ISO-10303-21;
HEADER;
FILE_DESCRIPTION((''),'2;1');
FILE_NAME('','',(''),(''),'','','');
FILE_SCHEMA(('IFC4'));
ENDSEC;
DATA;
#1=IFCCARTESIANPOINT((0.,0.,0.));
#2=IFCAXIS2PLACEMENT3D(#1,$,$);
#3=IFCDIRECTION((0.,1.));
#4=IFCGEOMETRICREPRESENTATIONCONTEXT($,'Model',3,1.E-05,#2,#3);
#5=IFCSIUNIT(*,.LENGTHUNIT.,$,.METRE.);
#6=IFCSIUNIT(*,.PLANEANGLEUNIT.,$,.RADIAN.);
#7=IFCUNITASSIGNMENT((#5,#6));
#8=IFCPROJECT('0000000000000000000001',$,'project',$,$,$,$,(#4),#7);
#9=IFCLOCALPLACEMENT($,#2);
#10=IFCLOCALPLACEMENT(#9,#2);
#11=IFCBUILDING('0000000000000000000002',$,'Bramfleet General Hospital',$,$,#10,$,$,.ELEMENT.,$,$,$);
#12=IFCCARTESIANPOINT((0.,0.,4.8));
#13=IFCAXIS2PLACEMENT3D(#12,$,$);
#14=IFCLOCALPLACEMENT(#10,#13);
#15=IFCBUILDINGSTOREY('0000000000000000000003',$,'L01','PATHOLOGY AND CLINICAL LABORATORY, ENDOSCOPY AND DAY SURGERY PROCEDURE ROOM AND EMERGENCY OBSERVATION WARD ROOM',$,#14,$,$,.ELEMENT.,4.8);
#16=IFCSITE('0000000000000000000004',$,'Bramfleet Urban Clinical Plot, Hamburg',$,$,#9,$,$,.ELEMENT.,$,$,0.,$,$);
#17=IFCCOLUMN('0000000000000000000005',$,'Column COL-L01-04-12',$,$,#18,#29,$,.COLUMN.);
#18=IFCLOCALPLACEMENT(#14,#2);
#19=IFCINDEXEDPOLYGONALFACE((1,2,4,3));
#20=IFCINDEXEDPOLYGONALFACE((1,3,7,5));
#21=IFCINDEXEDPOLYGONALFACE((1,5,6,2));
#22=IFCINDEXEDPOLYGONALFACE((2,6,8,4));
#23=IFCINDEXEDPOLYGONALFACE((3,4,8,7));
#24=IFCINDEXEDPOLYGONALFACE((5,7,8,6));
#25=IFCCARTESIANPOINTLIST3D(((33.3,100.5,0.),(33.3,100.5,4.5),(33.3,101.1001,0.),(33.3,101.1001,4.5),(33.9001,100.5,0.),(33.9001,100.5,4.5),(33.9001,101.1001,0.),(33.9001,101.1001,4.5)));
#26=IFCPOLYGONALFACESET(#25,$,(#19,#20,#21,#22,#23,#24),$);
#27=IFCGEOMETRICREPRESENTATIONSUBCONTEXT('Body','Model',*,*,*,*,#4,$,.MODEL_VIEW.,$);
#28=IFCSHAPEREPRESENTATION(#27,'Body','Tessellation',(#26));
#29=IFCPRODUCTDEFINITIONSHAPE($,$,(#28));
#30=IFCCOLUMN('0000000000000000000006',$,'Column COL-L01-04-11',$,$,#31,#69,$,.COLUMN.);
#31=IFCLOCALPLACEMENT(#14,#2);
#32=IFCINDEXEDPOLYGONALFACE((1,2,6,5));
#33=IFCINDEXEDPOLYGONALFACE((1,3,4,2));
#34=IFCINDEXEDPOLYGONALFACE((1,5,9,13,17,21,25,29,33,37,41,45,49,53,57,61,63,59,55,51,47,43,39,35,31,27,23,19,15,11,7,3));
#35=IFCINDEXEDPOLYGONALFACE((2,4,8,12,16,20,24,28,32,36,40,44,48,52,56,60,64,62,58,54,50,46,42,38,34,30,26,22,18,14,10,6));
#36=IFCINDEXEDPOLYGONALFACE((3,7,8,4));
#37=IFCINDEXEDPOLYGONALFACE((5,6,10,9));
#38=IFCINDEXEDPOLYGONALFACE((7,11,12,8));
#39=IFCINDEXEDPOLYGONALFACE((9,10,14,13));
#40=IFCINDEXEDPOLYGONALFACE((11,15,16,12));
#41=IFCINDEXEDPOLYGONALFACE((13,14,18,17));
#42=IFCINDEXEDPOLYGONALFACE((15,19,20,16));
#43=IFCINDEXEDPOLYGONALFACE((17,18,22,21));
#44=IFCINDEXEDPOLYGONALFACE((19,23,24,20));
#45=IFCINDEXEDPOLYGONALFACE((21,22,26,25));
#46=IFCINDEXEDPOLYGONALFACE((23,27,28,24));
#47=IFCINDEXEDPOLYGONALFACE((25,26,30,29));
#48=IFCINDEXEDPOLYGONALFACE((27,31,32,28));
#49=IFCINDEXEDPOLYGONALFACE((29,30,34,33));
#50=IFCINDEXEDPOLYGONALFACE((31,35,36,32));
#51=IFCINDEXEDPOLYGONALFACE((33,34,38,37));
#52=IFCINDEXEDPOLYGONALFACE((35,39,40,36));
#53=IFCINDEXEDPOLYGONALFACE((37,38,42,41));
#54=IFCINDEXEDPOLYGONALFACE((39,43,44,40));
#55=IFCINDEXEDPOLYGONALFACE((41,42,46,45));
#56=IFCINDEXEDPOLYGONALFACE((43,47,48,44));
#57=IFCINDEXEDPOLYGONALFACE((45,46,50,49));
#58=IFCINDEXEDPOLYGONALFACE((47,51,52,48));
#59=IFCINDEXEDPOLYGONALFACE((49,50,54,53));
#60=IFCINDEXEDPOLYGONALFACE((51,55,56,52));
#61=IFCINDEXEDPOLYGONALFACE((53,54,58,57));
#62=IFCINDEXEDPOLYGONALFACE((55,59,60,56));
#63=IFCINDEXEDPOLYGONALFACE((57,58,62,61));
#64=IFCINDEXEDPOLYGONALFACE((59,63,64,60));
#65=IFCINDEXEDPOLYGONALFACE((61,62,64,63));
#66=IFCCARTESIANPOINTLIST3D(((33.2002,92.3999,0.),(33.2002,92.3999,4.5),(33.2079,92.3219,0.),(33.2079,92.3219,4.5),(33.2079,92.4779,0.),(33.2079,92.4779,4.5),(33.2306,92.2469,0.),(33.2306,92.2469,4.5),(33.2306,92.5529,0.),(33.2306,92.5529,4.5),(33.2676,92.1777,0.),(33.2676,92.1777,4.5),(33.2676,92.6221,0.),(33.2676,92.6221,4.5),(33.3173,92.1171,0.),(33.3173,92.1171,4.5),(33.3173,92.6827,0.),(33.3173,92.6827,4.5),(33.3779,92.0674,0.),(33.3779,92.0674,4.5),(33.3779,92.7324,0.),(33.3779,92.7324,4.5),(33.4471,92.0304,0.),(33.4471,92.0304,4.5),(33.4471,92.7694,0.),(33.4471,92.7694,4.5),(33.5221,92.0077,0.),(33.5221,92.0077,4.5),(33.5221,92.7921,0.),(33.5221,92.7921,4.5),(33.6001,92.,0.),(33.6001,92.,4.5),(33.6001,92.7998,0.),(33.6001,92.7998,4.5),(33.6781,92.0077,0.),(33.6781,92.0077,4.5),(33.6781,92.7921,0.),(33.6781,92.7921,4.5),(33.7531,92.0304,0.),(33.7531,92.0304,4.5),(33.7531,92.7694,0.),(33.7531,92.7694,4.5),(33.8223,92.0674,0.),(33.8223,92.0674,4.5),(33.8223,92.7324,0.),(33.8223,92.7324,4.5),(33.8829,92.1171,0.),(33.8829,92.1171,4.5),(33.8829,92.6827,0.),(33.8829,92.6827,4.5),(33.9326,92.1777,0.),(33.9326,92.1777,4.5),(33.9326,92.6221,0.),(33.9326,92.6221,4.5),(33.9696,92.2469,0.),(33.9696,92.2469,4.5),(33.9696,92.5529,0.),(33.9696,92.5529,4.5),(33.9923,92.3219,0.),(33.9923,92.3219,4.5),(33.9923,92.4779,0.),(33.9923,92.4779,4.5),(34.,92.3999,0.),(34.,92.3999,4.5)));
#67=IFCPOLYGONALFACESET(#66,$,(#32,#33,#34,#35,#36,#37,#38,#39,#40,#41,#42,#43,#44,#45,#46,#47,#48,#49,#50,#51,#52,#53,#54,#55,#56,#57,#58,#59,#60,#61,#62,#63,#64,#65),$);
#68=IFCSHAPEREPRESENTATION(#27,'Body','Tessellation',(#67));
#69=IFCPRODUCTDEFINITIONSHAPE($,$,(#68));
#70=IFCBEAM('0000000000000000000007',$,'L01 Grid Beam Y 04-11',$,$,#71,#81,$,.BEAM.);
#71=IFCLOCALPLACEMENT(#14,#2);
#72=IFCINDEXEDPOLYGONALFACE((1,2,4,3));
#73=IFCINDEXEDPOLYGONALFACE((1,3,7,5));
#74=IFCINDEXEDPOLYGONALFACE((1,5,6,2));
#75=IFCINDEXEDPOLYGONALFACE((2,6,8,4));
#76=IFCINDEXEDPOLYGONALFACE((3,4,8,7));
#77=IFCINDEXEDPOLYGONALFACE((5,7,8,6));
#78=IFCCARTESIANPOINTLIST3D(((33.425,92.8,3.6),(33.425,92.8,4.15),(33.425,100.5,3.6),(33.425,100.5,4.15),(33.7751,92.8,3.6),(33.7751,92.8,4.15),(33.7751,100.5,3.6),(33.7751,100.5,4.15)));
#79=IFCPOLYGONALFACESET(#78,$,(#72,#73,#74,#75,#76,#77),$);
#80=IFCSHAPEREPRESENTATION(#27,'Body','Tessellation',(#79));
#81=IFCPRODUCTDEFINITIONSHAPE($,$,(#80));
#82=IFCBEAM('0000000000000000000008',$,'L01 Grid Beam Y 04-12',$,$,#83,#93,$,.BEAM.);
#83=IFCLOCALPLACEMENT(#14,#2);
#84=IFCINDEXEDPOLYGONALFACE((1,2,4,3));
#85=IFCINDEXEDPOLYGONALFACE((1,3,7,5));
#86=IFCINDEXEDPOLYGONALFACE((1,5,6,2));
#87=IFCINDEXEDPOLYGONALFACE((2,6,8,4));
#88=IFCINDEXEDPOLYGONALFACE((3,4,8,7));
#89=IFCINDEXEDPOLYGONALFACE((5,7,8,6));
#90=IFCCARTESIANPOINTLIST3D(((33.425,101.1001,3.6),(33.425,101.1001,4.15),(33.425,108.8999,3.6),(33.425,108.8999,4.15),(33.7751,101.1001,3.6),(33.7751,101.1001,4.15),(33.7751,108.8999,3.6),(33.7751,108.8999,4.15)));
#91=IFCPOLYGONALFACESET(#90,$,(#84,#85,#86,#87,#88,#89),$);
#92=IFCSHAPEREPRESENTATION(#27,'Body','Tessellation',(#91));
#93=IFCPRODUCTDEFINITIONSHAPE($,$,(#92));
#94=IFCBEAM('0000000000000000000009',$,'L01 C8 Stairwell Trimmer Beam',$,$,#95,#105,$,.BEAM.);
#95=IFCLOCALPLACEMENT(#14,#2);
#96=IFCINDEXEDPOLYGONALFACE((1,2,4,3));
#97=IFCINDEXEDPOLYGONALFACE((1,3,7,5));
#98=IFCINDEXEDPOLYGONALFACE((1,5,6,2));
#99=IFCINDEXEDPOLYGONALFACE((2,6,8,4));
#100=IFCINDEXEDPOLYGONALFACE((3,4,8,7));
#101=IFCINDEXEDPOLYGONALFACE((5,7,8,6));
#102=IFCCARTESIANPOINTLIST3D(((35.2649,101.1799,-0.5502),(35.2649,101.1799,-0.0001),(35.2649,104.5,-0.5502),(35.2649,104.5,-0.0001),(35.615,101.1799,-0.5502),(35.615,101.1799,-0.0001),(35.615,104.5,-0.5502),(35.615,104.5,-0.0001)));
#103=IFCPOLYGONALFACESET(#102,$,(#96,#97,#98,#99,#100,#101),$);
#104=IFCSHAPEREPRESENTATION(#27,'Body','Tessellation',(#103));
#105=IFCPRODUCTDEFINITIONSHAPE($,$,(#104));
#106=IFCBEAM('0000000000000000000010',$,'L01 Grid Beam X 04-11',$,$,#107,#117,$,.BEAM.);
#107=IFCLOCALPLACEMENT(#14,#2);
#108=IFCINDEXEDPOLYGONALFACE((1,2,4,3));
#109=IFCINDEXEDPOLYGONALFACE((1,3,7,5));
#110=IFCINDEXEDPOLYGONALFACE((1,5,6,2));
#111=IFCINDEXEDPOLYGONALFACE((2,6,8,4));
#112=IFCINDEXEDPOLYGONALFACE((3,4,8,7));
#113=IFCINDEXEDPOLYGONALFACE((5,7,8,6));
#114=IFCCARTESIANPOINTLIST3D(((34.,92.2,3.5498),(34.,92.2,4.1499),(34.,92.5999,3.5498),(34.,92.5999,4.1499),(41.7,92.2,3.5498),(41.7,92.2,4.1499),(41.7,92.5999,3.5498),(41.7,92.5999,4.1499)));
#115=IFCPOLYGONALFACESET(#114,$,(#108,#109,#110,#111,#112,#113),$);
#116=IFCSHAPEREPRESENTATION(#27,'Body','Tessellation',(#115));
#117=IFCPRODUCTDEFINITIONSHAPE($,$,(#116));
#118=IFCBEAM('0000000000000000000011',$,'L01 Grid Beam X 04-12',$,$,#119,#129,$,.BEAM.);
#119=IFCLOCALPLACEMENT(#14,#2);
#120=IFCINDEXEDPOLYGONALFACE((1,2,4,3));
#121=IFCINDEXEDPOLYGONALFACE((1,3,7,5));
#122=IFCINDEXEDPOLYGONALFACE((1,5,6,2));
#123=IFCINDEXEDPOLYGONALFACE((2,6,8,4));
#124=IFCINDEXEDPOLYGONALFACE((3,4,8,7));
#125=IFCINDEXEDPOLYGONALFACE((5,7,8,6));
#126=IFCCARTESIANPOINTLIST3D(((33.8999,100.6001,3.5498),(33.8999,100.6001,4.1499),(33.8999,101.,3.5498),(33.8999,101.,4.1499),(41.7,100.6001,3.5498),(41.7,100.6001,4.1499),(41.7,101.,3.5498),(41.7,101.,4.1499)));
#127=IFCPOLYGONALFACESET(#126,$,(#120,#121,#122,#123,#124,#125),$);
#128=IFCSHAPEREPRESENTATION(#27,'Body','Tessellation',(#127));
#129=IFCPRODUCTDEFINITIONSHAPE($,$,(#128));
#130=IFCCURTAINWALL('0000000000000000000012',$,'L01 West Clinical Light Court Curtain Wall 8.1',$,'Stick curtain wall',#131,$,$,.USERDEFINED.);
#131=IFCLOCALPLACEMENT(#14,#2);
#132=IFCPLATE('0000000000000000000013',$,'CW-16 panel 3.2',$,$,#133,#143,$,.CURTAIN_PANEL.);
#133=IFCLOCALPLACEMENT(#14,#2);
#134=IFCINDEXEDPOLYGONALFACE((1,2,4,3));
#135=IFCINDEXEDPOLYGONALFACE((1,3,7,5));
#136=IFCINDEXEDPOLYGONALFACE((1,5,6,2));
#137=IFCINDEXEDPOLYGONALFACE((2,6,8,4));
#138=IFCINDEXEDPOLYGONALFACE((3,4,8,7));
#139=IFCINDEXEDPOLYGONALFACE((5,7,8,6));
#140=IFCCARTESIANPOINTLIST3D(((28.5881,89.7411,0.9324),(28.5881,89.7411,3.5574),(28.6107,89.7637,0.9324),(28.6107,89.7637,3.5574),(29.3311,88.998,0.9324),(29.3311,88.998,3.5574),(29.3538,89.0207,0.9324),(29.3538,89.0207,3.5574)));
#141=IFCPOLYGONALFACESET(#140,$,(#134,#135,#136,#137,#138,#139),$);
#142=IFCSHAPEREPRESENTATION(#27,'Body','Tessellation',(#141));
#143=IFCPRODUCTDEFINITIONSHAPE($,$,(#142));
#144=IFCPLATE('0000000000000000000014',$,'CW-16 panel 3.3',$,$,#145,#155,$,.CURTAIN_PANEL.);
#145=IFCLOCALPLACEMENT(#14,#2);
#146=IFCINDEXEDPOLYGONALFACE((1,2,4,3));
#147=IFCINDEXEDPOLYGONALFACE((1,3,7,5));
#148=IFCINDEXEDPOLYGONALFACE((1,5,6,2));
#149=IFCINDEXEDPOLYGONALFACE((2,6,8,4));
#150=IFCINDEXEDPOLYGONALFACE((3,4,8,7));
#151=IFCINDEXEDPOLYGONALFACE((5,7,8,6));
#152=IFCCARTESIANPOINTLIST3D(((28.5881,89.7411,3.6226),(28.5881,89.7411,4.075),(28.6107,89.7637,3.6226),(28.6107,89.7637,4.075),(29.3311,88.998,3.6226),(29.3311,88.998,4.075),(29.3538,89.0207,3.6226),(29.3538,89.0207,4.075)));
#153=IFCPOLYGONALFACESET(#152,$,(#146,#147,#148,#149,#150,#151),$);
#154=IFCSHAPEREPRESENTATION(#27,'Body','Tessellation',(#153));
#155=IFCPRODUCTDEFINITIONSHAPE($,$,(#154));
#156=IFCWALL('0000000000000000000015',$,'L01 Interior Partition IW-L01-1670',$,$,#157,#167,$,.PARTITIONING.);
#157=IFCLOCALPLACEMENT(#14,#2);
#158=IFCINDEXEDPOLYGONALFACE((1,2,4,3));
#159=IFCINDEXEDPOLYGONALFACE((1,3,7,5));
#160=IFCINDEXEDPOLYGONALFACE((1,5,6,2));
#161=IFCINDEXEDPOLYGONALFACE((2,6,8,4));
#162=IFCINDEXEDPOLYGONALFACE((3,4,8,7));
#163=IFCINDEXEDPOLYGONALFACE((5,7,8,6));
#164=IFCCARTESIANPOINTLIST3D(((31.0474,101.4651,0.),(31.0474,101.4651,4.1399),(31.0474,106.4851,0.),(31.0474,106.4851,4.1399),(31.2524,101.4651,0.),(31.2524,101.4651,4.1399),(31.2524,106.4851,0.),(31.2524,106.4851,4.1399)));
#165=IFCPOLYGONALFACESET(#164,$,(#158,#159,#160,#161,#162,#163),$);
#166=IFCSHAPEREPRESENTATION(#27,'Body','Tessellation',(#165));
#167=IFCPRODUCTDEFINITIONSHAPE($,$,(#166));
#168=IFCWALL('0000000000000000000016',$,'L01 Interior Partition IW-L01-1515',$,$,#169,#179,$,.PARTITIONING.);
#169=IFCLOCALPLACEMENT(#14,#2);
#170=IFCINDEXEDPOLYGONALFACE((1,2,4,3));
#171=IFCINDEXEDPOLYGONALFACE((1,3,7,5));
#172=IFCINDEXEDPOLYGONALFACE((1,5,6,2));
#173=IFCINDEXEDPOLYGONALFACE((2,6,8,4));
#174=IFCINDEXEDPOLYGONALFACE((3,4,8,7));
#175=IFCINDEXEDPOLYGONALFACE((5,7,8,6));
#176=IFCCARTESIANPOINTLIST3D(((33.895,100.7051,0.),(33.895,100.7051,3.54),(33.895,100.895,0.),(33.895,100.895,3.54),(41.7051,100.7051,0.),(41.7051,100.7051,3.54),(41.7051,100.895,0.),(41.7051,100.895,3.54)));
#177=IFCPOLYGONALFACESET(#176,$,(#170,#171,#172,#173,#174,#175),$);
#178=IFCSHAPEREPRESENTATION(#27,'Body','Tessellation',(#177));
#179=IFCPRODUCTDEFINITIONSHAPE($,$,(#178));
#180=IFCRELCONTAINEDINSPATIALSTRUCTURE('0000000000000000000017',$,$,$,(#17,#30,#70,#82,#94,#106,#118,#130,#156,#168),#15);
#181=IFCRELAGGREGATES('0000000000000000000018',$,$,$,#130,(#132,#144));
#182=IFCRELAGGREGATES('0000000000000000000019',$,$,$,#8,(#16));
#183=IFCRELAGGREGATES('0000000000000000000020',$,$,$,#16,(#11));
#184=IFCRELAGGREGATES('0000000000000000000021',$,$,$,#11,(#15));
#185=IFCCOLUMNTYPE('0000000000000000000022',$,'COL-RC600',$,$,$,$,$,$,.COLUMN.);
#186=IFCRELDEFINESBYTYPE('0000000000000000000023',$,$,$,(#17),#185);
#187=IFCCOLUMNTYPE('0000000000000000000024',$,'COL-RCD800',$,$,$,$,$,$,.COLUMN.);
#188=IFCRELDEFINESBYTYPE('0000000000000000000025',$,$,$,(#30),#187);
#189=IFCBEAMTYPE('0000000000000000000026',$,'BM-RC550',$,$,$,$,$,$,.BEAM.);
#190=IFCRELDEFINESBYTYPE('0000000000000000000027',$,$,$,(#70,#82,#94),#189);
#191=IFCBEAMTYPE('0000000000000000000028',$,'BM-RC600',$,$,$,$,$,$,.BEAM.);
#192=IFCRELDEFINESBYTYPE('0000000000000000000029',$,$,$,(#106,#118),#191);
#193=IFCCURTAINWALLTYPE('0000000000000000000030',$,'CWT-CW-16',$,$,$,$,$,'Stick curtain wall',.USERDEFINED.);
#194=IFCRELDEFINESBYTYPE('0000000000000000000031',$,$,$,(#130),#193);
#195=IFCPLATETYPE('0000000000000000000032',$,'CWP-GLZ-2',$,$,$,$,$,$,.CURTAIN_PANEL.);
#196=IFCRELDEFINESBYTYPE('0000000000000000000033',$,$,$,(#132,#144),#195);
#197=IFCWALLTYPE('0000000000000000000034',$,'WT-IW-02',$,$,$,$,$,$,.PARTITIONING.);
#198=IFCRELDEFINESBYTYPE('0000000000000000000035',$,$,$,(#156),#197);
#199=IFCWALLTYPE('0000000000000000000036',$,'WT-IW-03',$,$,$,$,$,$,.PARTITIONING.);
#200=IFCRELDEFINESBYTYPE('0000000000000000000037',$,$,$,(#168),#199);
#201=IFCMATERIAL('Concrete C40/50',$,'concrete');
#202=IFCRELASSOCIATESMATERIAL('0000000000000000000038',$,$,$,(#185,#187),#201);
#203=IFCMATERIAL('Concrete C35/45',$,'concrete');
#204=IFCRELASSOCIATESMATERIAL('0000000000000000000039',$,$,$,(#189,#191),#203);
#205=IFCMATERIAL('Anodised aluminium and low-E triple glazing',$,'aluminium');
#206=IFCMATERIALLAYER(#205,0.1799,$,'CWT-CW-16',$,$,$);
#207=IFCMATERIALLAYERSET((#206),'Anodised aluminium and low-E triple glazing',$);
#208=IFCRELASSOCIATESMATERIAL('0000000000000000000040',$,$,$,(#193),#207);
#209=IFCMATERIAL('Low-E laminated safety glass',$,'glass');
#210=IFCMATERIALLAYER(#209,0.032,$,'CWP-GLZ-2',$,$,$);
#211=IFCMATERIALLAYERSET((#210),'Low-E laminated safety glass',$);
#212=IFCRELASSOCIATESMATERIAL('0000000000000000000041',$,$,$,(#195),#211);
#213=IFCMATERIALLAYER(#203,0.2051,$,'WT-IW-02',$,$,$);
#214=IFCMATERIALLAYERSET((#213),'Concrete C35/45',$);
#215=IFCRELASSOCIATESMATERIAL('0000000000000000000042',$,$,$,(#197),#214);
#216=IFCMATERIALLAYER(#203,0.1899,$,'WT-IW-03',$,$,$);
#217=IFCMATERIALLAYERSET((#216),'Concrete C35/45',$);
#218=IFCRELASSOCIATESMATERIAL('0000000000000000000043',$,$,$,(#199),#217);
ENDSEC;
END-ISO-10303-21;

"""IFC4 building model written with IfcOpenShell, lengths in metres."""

from ifc_helpers import new_model, si_unit, direction, frame, frame_2d, origin, origin_2d, place, context, subcontext, project, spatial, rectangle, circle, extrude, material, layer, layer_set, material_profile, profile_set, type_object, element, aggregate, save


model = new_model("IFC4")

# Units and contexts
model_context = context("Model", 3, precision=1e-05, world=origin(), true_north=direction((0.0, 1.0)))
body_context = subcontext(model_context, "Body", "Model", "MODEL_VIEW")
ifc_project = project(units=[si_unit("LENGTHUNIT", "METRE"), si_unit("PLANEANGLEUNIT", "RADIAN")], contexts=[model_context])

# Site, building, storey
site_placement = place(None, origin())
site = spatial("IfcSite", under=ifc_project, at=site_placement, Name="Bramfleet Urban Clinical Plot, Hamburg", CompositionType="ELEMENT", RefElevation=0.0)
building_placement = place(site_placement, origin())
building = spatial("IfcBuilding", under=site, at=building_placement, Name="Bramfleet General Hospital", CompositionType="ELEMENT")
storey_placement = place(building_placement, frame((0.0, 0.0, 4.8)))
storey = spatial("IfcBuildingStorey", under=building, at=storey_placement, Name="L01", Description="PATHOLOGY AND CLINICAL LABORATORY, ENDOSCOPY AND DAY SURGERY PROCEDURE ROOM AND EMERGENCY OBSERVATION WARD ROOM", CompositionType="ELEMENT", Elevation=4.8)

# Columns
ifc_material_1 = material(Name="Concrete C40/50", Category="concrete")
ifc_material_profile_1 = material_profile(ifc_material_1, rectangle(XDim=0.6001, YDim=0.6001, at=origin_2d()), Name="RC COL 600x600")
ifc_profile_set_1 = profile_set([ifc_material_profile_1], Name="Concrete C40/50")
column_type_1 = type_object("IfcColumnType", Name="COL-RC600", PredefinedType="COLUMN", material=ifc_profile_set_1)
column_1_placement = place(storey_placement, frame((33.6001, 100.8, 0.0), z_axis=(0.0, 0.0, 1.0), x_axis=(1.0, 0.0, 0.0)))
element("IfcColumn", 1, at=column_1_placement, inside=storey, type_object=column_type_1, Name="Column COL-L01-04-12", PredefinedType="COLUMN", context=body_context, shape_type="SweptSolid", body=[
    extrude(rectangle(XDim=0.6001, YDim=0.6001, at=origin_2d()), origin(), (0.0, 0.0, 1.0), 4.5),
])
ifc_material_profile_2 = material_profile(ifc_material_1, circle(Radius=0.3999, at=origin_2d()), Name="RC ROUND D800")
ifc_profile_set_2 = profile_set([ifc_material_profile_2], Name="Concrete C40/50")
column_type_2 = type_object("IfcColumnType", Name="COL-RCD800", PredefinedType="COLUMN", material=ifc_profile_set_2)
column_2_placement = place(storey_placement, frame((33.6001, 92.3999, 0.0), z_axis=(0.0, 0.0, 1.0), x_axis=(1.0, 0.0, 0.0)))
element("IfcColumn", 2, at=column_2_placement, inside=storey, type_object=column_type_2, Name="Column COL-L01-04-11", PredefinedType="COLUMN", context=body_context, shape_type="SweptSolid", body=[
    extrude(circle(Radius=0.3999, at=origin_2d()), origin(), (0.0, 0.0, 1.0), 4.5),
])

# Beams
ifc_material_2 = material(Name="Concrete C35/45", Category="concrete")
ifc_material_profile_3 = material_profile(ifc_material_2, rectangle(XDim=0.3501, YDim=0.55, at=origin_2d()), Name="RC BM 550x350")
ifc_profile_set_3 = profile_set([ifc_material_profile_3], Name="Concrete C35/45")
beam_type_1 = type_object("IfcBeamType", Name="BM-RC550", PredefinedType="BEAM", material=ifc_profile_set_3)
beam_1_placement = place(storey_placement, frame((33.6001, 92.8, 3.875), z_axis=(0.0, 1.0, 0.0), x_axis=(-1.0, 0.0, 0.0)))
element("IfcBeam", 3, at=beam_1_placement, inside=storey, type_object=beam_type_1, Name="L01 Grid Beam Y 04-11", PredefinedType="BEAM", context=body_context, shape_type="SweptSolid", body=[
    extrude(rectangle(XDim=0.3501, YDim=0.55, at=origin_2d()), origin(), (0.0, 0.0, 1.0), 7.7),
])
beam_2_placement = place(storey_placement, frame((33.6001, 101.1001, 3.875), z_axis=(0.0, 1.0, 0.0), x_axis=(-1.0, 0.0, 0.0)))
element("IfcBeam", 4, at=beam_2_placement, inside=storey, type_object=beam_type_1, Name="L01 Grid Beam Y 04-12", PredefinedType="BEAM", context=body_context, shape_type="SweptSolid", body=[
    extrude(rectangle(XDim=0.3501, YDim=0.55, at=origin_2d()), origin(), (0.0, 0.0, 1.0), 7.7998),
])
beam_3_placement = place(storey_placement, frame((35.4399, 101.1799, -0.2751), z_axis=(0.0, 1.0, 0.0), x_axis=(-1.0, 0.0, 0.0)))
element("IfcBeam", 5, at=beam_3_placement, inside=storey, type_object=beam_type_1, Name="L01 C8 Stairwell Trimmer Beam", PredefinedType="BEAM", context=body_context, shape_type="SweptSolid", body=[
    extrude(rectangle(XDim=0.3501, YDim=0.55, at=origin_2d()), origin(), (0.0, 0.0, 1.0), 3.3201),
])
ifc_material_profile_4 = material_profile(ifc_material_2, rectangle(XDim=0.3999, YDim=0.6001, at=origin_2d()), Name="RC BM 600x400")
ifc_profile_set_4 = profile_set([ifc_material_profile_4], Name="Concrete C35/45")
beam_type_2 = type_object("IfcBeamType", Name="BM-RC600", PredefinedType="BEAM", material=ifc_profile_set_4)
beam_4_placement = place(storey_placement, frame((34.0, 92.3999, 3.8499), z_axis=(1.0, 0.0, 0.0), x_axis=(0.0, 1.0, 0.0)))
element("IfcBeam", 6, at=beam_4_placement, inside=storey, type_object=beam_type_2, Name="L01 Grid Beam X 04-11", PredefinedType="BEAM", context=body_context, shape_type="SweptSolid", body=[
    extrude(rectangle(XDim=0.3999, YDim=0.6001, at=origin_2d()), origin(), (0.0, 0.0, 1.0), 7.7),
])
beam_5_placement = place(storey_placement, frame((33.8999, 100.8, 3.8499), z_axis=(1.0, 0.0, 0.0), x_axis=(0.0, 1.0, 0.0)))
element("IfcBeam", 7, at=beam_5_placement, inside=storey, type_object=beam_type_2, Name="L01 Grid Beam X 04-12", PredefinedType="BEAM", context=body_context, shape_type="SweptSolid", body=[
    extrude(rectangle(XDim=0.3999, YDim=0.6001, at=origin_2d()), origin(), (0.0, 0.0, 1.0), 7.8),
])

# Curtain wall, plates
ifc_material_3 = material(Name="Anodised aluminium and low-E triple glazing", Category="aluminium")
ifc_layer_1 = layer(ifc_material_3, 0.1799, Name="CWT-CW-16")
ifc_layer_set_1 = layer_set([ifc_layer_1], Name="Anodised aluminium and low-E triple glazing")
curtain_wall_type = type_object("IfcCurtainWallType", Name="CWT-CW-16", ElementType="Stick curtain wall", PredefinedType="USERDEFINED", material=ifc_layer_set_1)
curtain_wall_placement = place(storey_placement, origin())
curtain_wall = element("IfcCurtainWall", 8, at=curtain_wall_placement, inside=storey, type_object=curtain_wall_type, Name="L01 West Clinical Light Court Curtain Wall 8.1", ObjectType="Stick curtain wall", PredefinedType="USERDEFINED")
ifc_material_4 = material(Name="Low-E laminated safety glass", Category="glass")
ifc_layer_2 = layer(ifc_material_4, 0.032, Name="CWP-GLZ-2")
ifc_layer_set_2 = layer_set([ifc_layer_2], Name="Low-E laminated safety glass")
plate_type = type_object("IfcPlateType", Name="CWP-GLZ-2", PredefinedType="CURTAIN_PANEL", material=ifc_layer_set_2)
plate_1_placement = place(storey_placement, frame((28.9709, 89.3809, 0.9324), z_axis=(0.0, 0.0, 1.0), x_axis=(-0.707107, 0.707107, 0.0)))
plate_1 = element("IfcPlate", 9, at=plate_1_placement, type_object=plate_type, Name="CW-16 panel 3.2", PredefinedType="CURTAIN_PANEL", context=body_context, shape_type="SweptSolid", body=[
    extrude(rectangle(XDim=1.0508, YDim=0.032, at=origin_2d()), origin(), (0.0, 0.0, 1.0), 2.625),
])
plate_2_placement = place(storey_placement, frame((28.9709, 89.3809, 3.6226), z_axis=(0.0, 0.0, 1.0), x_axis=(-0.707107, 0.707107, 0.0)))
plate_2 = element("IfcPlate", 10, at=plate_2_placement, type_object=plate_type, Name="CW-16 panel 3.3", PredefinedType="CURTAIN_PANEL", context=body_context, shape_type="SweptSolid", body=[
    extrude(rectangle(XDim=1.0508, YDim=0.032, at=origin_2d()), origin(), (0.0, 0.0, 1.0), 0.4524),
])
aggregate(curtain_wall, [plate_1, plate_2])

# Walls
ifc_layer_3 = layer(ifc_material_2, 0.2051, Name="WT-IW-02")
ifc_layer_set_3 = layer_set([ifc_layer_3], Name="Concrete C35/45")
wall_type_1 = type_object("IfcWallType", Name="WT-IW-02", PredefinedType="PARTITIONING", material=ifc_layer_set_3)
wall_1_placement = place(storey_placement, frame((31.1499, 101.4651, 0.0), z_axis=(0.0, 0.0, 1.0), x_axis=(0.0, 1.0, 0.0)))
element("IfcWall", 11, at=wall_1_placement, inside=storey, type_object=wall_type_1, Name="L01 Interior Partition IW-L01-1670", PredefinedType="PARTITIONING", context=body_context, shape_type="SweptSolid", body=[
    extrude(rectangle(XDim=5.02, YDim=0.2051, at=frame_2d((2.51, 0.0))), origin(), (0.0, 0.0, 1.0), 4.1399),
])
ifc_layer_4 = layer(ifc_material_2, 0.1899, Name="WT-IW-03")
ifc_layer_set_4 = layer_set([ifc_layer_4], Name="Concrete C35/45")
wall_type_2 = type_object("IfcWallType", Name="WT-IW-03", PredefinedType="PARTITIONING", material=ifc_layer_set_4)
wall_2_placement = place(storey_placement, frame((33.895, 100.8, 0.0), z_axis=(0.0, 0.0, 1.0), x_axis=(1.0, 0.0, 0.0)))
element("IfcWall", 12, at=wall_2_placement, inside=storey, type_object=wall_type_2, Name="L01 Interior Partition IW-L01-1515", PredefinedType="PARTITIONING", context=body_context, shape_type="SweptSolid", body=[
    extrude(rectangle(XDim=7.8101, YDim=0.1899, at=frame_2d((3.905, 0.0))), origin(), (0.0, 0.0, 1.0), 3.54),
])

save(model, "model.ifc")
